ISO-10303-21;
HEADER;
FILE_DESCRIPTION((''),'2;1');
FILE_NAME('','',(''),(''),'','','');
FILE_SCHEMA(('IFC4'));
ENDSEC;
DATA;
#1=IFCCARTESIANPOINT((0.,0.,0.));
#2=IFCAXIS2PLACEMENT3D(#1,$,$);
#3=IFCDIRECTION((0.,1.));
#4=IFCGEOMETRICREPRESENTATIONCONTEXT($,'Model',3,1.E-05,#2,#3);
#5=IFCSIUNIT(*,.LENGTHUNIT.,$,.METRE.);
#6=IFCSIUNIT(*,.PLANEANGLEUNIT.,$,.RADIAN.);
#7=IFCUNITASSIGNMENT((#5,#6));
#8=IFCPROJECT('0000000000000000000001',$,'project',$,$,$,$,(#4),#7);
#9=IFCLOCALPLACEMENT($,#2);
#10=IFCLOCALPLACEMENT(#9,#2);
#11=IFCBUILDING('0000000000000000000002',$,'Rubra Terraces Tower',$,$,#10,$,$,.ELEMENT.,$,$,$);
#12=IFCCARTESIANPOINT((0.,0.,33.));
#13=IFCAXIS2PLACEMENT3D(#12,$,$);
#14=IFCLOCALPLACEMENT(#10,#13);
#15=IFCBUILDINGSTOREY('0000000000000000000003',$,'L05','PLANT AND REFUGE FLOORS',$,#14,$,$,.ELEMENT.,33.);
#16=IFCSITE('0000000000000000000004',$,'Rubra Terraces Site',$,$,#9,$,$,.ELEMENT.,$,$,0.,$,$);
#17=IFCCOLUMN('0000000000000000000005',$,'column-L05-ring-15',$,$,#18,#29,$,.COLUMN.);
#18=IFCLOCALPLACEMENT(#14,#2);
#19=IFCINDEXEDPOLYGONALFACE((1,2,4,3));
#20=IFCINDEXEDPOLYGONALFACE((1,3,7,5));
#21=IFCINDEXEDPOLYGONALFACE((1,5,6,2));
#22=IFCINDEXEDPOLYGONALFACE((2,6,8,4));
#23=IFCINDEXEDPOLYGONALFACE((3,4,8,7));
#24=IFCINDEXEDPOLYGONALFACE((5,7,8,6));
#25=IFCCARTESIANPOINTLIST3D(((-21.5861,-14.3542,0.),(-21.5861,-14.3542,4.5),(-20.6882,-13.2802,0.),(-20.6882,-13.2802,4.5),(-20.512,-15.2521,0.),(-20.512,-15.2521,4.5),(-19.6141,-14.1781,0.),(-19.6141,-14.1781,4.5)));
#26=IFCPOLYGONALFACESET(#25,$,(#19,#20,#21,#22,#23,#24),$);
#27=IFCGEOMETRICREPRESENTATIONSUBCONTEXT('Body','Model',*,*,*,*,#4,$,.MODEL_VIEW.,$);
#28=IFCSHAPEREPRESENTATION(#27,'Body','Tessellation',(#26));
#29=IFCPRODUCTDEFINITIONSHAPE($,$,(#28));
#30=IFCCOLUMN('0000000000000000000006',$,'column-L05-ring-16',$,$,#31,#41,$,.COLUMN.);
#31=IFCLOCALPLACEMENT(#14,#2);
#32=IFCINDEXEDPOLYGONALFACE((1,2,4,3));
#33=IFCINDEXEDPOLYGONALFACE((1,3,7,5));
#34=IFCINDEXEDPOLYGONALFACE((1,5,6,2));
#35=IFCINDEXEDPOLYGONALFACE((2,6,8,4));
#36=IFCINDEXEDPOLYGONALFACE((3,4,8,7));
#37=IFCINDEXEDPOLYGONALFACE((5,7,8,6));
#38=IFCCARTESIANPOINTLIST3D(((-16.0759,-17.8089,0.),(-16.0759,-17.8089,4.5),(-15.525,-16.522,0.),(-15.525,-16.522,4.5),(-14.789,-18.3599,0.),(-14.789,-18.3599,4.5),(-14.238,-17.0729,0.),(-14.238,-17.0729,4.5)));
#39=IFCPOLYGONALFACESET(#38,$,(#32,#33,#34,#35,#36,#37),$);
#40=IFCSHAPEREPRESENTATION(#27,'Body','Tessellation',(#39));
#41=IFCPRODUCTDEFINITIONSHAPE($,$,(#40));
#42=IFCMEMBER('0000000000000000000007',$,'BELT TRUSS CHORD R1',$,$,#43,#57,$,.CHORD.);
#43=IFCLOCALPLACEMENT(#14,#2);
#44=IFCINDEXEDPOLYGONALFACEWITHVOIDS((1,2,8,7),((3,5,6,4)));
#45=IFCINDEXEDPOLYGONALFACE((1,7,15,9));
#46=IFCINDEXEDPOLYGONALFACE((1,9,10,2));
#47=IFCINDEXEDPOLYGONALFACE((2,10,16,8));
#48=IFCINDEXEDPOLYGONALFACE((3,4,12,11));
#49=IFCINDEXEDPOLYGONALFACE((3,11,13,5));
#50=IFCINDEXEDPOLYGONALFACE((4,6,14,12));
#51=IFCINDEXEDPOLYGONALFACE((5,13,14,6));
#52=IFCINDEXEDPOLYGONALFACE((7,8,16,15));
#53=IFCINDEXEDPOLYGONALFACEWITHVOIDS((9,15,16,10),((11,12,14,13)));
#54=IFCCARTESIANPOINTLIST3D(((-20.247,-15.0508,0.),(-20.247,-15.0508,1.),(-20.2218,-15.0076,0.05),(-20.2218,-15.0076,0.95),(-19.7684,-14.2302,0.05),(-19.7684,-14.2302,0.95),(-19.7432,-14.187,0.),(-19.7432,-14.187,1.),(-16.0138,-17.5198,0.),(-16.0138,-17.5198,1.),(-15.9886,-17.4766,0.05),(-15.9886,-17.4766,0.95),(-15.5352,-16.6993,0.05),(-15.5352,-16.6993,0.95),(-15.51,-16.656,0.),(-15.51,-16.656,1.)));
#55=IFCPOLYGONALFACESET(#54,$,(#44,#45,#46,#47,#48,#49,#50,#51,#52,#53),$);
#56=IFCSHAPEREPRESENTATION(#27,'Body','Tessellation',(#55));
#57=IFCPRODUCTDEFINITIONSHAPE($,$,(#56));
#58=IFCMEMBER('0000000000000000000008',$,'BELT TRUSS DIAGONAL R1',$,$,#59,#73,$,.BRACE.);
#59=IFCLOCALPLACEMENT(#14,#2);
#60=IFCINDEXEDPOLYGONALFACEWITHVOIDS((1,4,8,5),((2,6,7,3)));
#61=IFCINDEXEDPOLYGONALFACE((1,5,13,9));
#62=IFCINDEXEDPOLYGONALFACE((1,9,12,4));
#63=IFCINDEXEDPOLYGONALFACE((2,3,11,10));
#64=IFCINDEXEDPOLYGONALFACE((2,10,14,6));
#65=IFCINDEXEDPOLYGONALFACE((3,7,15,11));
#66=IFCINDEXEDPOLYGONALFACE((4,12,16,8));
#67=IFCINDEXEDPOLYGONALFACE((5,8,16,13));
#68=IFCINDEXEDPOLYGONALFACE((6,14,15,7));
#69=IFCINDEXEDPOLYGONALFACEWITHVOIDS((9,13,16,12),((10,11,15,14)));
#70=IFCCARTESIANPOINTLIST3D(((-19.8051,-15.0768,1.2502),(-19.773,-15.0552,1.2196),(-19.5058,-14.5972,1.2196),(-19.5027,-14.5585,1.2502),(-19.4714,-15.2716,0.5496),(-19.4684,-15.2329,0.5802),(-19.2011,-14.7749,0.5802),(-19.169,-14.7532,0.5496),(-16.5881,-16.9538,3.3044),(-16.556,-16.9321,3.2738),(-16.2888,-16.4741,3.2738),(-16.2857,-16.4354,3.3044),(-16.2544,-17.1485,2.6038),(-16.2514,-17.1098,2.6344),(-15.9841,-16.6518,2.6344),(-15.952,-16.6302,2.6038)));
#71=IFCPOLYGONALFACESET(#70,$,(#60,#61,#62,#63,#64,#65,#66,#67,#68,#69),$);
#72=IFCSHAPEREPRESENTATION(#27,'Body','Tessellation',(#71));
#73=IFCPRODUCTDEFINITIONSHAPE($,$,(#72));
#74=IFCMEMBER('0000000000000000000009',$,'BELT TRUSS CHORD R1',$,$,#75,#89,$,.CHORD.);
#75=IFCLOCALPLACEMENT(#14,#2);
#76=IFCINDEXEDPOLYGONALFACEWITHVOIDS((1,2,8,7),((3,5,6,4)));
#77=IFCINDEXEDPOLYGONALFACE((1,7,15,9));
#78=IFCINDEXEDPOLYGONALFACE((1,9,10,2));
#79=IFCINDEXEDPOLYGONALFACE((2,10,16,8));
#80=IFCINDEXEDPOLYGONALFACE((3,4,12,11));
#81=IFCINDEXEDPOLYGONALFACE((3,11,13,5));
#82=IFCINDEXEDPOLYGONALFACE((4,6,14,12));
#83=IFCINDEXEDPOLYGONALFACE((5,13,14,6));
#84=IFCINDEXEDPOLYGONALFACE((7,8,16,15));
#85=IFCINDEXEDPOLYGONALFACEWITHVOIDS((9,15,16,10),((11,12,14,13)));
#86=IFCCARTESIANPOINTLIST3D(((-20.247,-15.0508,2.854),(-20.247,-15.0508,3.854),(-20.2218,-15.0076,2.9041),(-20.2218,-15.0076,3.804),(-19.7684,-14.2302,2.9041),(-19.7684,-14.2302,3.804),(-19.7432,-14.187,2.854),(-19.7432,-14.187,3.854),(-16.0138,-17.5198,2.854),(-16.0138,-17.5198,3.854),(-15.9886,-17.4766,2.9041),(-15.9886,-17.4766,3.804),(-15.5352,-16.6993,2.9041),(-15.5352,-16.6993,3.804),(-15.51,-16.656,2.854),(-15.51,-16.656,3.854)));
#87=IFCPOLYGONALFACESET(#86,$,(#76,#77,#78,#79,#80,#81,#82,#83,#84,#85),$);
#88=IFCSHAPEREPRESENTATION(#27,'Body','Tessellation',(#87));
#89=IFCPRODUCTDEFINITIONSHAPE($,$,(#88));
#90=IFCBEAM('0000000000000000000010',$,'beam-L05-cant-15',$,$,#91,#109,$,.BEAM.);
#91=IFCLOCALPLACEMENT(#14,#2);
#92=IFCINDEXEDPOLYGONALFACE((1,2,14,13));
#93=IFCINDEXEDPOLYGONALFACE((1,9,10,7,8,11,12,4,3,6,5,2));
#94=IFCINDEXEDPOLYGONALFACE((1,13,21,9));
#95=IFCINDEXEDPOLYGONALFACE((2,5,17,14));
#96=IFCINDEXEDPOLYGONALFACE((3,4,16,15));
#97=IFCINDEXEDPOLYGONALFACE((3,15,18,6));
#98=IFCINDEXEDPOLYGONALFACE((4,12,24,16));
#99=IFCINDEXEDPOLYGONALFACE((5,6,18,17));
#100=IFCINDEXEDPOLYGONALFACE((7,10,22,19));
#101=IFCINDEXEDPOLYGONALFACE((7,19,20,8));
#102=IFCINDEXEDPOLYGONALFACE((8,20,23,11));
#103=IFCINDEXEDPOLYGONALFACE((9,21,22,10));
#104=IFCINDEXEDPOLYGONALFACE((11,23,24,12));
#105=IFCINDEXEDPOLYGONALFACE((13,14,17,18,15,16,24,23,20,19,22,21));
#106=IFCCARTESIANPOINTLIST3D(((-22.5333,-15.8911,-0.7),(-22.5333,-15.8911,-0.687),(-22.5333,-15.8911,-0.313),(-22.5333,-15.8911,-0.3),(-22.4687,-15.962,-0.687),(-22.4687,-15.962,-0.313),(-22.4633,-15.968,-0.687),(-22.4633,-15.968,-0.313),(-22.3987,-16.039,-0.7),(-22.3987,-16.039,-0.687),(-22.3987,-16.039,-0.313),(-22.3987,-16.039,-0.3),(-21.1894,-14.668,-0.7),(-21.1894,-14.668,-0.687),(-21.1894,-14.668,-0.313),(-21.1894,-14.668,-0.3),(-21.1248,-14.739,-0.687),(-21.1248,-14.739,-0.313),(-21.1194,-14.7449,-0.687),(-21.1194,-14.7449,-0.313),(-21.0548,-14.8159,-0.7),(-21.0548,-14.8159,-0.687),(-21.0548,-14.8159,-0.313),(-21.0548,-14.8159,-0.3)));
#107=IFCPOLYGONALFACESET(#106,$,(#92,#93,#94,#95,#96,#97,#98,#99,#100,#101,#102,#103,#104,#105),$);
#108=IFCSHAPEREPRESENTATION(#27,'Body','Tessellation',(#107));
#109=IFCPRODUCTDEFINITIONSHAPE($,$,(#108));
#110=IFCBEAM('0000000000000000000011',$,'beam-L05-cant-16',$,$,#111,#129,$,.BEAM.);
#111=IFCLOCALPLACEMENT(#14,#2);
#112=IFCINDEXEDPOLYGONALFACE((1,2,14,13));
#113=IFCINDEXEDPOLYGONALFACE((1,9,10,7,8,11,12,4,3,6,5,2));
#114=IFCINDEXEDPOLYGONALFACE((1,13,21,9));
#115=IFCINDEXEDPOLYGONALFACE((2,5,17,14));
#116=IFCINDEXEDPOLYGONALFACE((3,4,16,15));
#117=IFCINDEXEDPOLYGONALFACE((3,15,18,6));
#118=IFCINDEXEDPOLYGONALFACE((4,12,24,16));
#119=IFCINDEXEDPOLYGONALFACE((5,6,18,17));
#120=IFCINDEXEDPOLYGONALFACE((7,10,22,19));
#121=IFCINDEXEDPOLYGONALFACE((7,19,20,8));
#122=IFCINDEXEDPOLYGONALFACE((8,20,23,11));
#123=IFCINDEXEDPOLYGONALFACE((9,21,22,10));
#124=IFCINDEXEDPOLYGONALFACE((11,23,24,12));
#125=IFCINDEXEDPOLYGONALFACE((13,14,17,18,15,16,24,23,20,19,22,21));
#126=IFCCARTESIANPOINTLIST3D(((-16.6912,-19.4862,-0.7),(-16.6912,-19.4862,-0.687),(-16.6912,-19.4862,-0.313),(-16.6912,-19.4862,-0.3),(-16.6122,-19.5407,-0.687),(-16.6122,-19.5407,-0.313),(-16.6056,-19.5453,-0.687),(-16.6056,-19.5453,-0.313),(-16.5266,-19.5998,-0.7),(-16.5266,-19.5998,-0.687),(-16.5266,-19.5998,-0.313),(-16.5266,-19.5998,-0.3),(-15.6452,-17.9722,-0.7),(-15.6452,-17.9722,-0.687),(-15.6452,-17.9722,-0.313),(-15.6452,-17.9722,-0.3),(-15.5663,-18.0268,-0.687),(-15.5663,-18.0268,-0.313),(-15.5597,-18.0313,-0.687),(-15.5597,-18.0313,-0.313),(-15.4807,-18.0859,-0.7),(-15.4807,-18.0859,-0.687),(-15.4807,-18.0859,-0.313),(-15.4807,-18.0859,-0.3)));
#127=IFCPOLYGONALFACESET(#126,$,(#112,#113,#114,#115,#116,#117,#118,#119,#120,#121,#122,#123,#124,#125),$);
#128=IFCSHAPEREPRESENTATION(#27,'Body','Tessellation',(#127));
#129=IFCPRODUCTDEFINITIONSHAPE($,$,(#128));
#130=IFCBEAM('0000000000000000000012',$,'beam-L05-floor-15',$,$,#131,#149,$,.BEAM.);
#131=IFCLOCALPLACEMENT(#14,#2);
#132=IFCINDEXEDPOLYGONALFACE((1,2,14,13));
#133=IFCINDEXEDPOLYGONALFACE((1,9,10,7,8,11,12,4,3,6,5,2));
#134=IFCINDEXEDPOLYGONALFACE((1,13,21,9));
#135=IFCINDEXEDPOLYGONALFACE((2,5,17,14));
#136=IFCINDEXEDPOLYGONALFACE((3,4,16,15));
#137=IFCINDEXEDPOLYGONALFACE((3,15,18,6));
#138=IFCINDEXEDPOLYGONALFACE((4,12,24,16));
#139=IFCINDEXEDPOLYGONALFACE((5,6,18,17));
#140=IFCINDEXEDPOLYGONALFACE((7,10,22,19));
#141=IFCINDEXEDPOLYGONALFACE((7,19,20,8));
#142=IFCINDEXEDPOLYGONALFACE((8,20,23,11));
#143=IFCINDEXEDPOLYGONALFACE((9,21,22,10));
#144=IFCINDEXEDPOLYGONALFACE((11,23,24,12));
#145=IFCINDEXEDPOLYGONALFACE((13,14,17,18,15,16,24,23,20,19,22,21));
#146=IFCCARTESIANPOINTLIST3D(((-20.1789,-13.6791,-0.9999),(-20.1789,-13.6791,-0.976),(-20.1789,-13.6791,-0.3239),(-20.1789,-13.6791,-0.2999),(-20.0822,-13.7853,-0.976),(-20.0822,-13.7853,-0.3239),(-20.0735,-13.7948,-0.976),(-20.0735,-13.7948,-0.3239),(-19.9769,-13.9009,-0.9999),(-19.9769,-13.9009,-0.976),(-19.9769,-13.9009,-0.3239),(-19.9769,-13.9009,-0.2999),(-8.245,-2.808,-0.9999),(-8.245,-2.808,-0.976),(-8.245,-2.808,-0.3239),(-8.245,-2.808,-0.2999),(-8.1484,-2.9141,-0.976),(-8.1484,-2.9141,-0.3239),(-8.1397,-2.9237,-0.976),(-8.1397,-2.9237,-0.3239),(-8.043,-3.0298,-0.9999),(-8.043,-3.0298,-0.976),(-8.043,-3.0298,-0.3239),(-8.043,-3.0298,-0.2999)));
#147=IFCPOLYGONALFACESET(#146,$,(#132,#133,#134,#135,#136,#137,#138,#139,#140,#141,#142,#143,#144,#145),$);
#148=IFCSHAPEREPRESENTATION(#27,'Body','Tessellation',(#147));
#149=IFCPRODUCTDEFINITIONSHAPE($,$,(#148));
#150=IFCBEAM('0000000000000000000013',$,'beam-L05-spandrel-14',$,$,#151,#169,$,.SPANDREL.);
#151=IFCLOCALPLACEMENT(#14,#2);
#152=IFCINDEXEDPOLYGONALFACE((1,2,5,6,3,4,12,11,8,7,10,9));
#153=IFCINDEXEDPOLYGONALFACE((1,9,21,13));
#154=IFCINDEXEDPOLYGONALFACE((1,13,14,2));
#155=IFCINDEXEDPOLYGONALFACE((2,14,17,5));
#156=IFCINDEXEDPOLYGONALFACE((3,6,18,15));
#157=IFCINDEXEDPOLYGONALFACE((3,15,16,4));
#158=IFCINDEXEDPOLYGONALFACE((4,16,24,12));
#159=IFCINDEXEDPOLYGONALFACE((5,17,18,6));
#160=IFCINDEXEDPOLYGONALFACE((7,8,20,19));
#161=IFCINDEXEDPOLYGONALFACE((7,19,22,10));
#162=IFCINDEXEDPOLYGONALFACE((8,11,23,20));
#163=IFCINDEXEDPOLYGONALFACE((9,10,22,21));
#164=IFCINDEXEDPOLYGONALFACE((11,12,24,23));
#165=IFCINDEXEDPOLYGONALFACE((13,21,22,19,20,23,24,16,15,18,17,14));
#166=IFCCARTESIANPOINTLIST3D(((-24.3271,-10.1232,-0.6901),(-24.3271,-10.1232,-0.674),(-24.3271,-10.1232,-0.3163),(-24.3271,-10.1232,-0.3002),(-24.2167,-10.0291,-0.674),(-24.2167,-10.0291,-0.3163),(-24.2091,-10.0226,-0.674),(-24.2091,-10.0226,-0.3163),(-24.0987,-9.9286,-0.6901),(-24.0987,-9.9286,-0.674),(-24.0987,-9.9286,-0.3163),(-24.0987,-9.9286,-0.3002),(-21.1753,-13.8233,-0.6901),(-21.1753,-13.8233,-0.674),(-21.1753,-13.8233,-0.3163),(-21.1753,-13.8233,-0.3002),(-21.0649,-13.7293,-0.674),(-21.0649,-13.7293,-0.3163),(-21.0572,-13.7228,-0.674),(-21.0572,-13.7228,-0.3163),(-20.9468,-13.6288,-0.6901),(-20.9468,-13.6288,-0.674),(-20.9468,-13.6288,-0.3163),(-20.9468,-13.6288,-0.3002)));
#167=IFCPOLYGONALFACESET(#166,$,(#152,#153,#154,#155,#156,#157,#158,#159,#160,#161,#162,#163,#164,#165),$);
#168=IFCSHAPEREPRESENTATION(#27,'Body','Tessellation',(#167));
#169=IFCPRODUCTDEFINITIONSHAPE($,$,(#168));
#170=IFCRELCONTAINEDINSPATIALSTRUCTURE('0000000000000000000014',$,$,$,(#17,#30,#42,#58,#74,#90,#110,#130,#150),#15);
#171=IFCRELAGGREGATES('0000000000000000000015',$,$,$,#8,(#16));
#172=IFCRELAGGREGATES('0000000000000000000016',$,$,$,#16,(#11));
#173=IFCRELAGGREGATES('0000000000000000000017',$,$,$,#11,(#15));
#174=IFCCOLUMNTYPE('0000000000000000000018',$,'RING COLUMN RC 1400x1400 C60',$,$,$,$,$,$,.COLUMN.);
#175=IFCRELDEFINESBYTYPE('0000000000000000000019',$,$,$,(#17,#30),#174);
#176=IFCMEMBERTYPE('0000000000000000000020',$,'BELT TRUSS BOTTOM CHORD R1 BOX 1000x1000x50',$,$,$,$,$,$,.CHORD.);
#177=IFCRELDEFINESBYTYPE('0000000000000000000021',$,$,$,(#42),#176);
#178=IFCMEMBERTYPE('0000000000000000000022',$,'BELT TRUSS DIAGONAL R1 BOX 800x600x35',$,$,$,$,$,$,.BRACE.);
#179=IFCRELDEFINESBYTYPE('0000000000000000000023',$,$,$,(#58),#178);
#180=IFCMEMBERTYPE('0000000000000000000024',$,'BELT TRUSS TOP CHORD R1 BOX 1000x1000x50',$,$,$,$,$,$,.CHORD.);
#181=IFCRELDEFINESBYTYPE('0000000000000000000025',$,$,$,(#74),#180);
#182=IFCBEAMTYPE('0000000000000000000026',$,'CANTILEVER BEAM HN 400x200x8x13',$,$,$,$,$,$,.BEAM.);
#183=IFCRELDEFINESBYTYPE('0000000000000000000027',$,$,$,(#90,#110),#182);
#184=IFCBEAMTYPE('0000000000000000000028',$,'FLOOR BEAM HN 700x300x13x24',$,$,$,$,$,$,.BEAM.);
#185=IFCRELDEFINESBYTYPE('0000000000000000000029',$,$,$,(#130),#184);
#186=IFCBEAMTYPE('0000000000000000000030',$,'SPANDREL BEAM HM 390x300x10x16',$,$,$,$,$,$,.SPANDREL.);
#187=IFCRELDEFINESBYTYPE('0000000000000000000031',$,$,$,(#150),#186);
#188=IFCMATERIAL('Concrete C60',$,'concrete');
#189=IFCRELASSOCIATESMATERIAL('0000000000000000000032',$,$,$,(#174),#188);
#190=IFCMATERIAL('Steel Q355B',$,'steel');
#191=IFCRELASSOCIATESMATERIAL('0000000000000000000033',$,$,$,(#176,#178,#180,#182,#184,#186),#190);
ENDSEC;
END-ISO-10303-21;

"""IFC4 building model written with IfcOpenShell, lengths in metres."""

from ifc_helpers import new_model, si_unit, direction, frame, origin, origin_2d, place, context, subcontext, project, spatial, rectangle, hollow_rectangle, i_section, extrude, material, material_profile, profile_set, type_object, element, save


model = new_model("IFC4")

# Units and contexts
model_context = context("Model", 3, precision=1e-05, world=origin(), true_north=direction((0.0, 1.0)))
body_context = subcontext(model_context, "Body", "Model", "MODEL_VIEW")
ifc_project = project(units=[si_unit("LENGTHUNIT", "METRE"), si_unit("PLANEANGLEUNIT", "RADIAN")], contexts=[model_context])

# Site, building, storey
site_placement = place(None, origin())
site = spatial("IfcSite", under=ifc_project, at=site_placement, Name="Rubra Terraces Site", CompositionType="ELEMENT", RefElevation=0.0)
building_placement = place(site_placement, origin())
building = spatial("IfcBuilding", under=site, at=building_placement, Name="Rubra Terraces Tower", CompositionType="ELEMENT")
storey_placement = place(building_placement, frame((0.0, 0.0, 33.0)))
storey = spatial("IfcBuildingStorey", under=building, at=storey_placement, Name="L05", Description="PLANT AND REFUGE FLOORS", CompositionType="ELEMENT", Elevation=33.0)

# Columns
ifc_material_1 = material(Name="Concrete C60", Category="concrete")
ifc_material_profile_1 = material_profile(ifc_material_1, rectangle(XDim=1.3999, YDim=1.3999, at=origin_2d()), Name="RC 1400x1400")
ifc_profile_set_1 = profile_set([ifc_material_profile_1], Name="Concrete C60")
column_type = type_object("IfcColumnType", Name="RING COLUMN RC 1400x1400 C60", PredefinedType="COLUMN", material=ifc_profile_set_1)
for number, where, z_axis, x_axis, name in (
    (1, (-20.6001, -14.2661, 0.0), (0.0, 0.0, 1.0), (0.76721, -0.641397, 0.0), "column-L05-ring-15"),
    (2, (-15.157, -17.4409, 0.0), (0.0, 0.0, 1.0), (0.919294, -0.393572, 0.0), "column-L05-ring-16"),
):
    element("IfcColumn", number, at=place(storey_placement, frame(where, z_axis=z_axis, x_axis=x_axis)), inside=storey, type_object=column_type, Name=name, PredefinedType="COLUMN", context=body_context, shape_type="SweptSolid", body=[
        extrude(rectangle(XDim=1.3999, YDim=1.3999, at=origin_2d()), origin(), (0.0, 0.0, 1.0), 4.5),
    ])

# Members
ifc_material_2 = material(Name="Steel Q355B", Category="steel")
ifc_material_profile_2 = material_profile(ifc_material_2, hollow_rectangle(XDim=1.0, YDim=1.0, WallThickness=0.05, at=origin_2d()), Name="BOX 1000x1000x50")
ifc_profile_set_2 = profile_set([ifc_material_profile_2], Name="Steel Q355B")
member_type_1 = type_object("IfcMemberType", Name="BELT TRUSS BOTTOM CHORD R1 BOX 1000x1000x50", PredefinedType="CHORD", material=ifc_profile_set_2)
member_1_placement = place(storey_placement, frame((-19.9951, -14.6189, 0.5), z_axis=(0.86381, -0.503818, 0.0), x_axis=(0.503818, 0.86381, 0.0)))
element("IfcMember", 3, at=member_1_placement, inside=storey, type_object=member_type_1, Name="BELT TRUSS CHORD R1", PredefinedType="CHORD", context=body_context, shape_type="SweptSolid", body=[
    extrude(hollow_rectangle(XDim=1.0, YDim=1.0, WallThickness=0.05, at=origin_2d()), origin(), (0.0, 0.0, 1.0), 4.9006),
])
ifc_material_profile_3 = material_profile(ifc_material_2, hollow_rectangle(XDim=0.6001, YDim=0.8, WallThickness=0.0349, at=origin_2d()), Name="BOX 800x600x35")
ifc_profile_set_3 = profile_set([ifc_material_profile_3], Name="Steel Q355B")
member_type_2 = type_object("IfcMemberType", Name="BELT TRUSS DIAGONAL R1 BOX 800x600x35", PredefinedType="BRACE", material=ifc_profile_set_3)
member_2_placement = place(storey_placement, frame((-19.4871, -14.915, 0.8999), z_axis=(0.756333, -0.441275, 0.482946), x_axis=(0.50394, 0.863738, 0.0)))
element("IfcMember", 4, at=member_2_placement, inside=storey, type_object=member_type_2, Name="BELT TRUSS DIAGONAL R1", PredefinedType="BRACE", context=body_context, shape_type="SweptSolid", body=[
    extrude(hollow_rectangle(XDim=0.6001, YDim=0.8, WallThickness=0.0349, at=origin_2d()), origin(), (0.0, 0.0, 1.0), 4.2534),
])
ifc_material_profile_4 = material_profile(ifc_material_2, hollow_rectangle(XDim=1.0, YDim=1.0, WallThickness=0.05, at=origin_2d()), Name="BOX 1000x1000x50")
ifc_profile_set_4 = profile_set([ifc_material_profile_4], Name="Steel Q355B")
member_type_3 = type_object("IfcMemberType", Name="BELT TRUSS TOP CHORD R1 BOX 1000x1000x50", PredefinedType="CHORD", material=ifc_profile_set_4)
member_3_placement = place(storey_placement, frame((-19.9951, -14.6189, 3.354), z_axis=(0.86381, -0.503818, 0.0), x_axis=(0.503818, 0.86381, 0.0)))
element("IfcMember", 5, at=member_3_placement, inside=storey, type_object=member_type_3, Name="BELT TRUSS CHORD R1", PredefinedType="CHORD", context=body_context, shape_type="SweptSolid", body=[
    extrude(hollow_rectangle(XDim=1.0, YDim=1.0, WallThickness=0.05, at=origin_2d()), origin(), (0.0, 0.0, 1.0), 4.9006),
])

# Beams
ifc_material_profile_5 = material_profile(ifc_material_2, i_section(OverallWidth=0.2, OverallDepth=0.3999, WebThickness=0.0081, FlangeThickness=0.0129, at=origin_2d()), Name="HN 400x200x8x13")
ifc_profile_set_5 = profile_set([ifc_material_profile_5], Name="Steel Q355B")
beam_type_1 = type_object("IfcBeamType", Name="CANTILEVER BEAM HN 400x200x8x13", PredefinedType="BEAM", material=ifc_profile_set_5)
beam_1_placement = place(storey_placement, frame((-21.1221, -14.7419, -0.5), z_axis=(-0.739575, -0.673074, 0.0), x_axis=(0.673074, -0.739575, 0.0)))
element("IfcBeam", 6, at=beam_1_placement, inside=storey, type_object=beam_type_1, Name="beam-L05-cant-15", PredefinedType="BEAM", context=body_context, shape_type="SweptSolid", body=[
    extrude(i_section(OverallWidth=0.2, OverallDepth=0.3999, WebThickness=0.0081, FlangeThickness=0.0129, at=origin_2d()), origin(), (0.0, 0.0, 1.0), 1.8171),
])
beam_2_placement = place(storey_placement, frame((-15.563, -18.0291, -0.5), z_axis=(-0.568402, -0.822751, 0.0), x_axis=(0.822751, -0.568402, 0.0)))
element("IfcBeam", 7, at=beam_2_placement, inside=storey, type_object=beam_type_1, Name="beam-L05-cant-16", PredefinedType="BEAM", context=body_context, shape_type="SweptSolid", body=[
    extrude(i_section(OverallWidth=0.2, OverallDepth=0.3999, WebThickness=0.0081, FlangeThickness=0.0129, at=origin_2d()), origin(), (0.0, 0.0, 1.0), 1.8401),
])
ifc_material_profile_6 = material_profile(ifc_material_2, i_section(OverallWidth=0.3, OverallDepth=0.7, WebThickness=0.0129, FlangeThickness=0.0239, at=origin_2d()), Name="HN 700x300x13x24")
ifc_profile_set_6 = profile_set([ifc_material_profile_6], Name="Steel Q355B")
beam_type_2 = type_object("IfcBeamType", Name="FLOOR BEAM HN 700x300x13x24", PredefinedType="BEAM", material=ifc_profile_set_6)
beam_3_placement = place(storey_placement, frame((-20.0779, -13.79, -0.6499), z_axis=(0.739257, 0.673424, 0.0), x_axis=(-0.673424, 0.739257, 0.0)))
element("IfcBeam", 8, at=beam_3_placement, inside=storey, type_object=beam_type_2, Name="beam-L05-floor-15", PredefinedType="BEAM", context=body_context, shape_type="SweptSolid", body=[
    extrude(i_section(OverallWidth=0.3, OverallDepth=0.7, WebThickness=0.0129, FlangeThickness=0.0239, at=origin_2d()), origin(), (0.0, 0.0, 1.0), 16.1431),
])
ifc_material_profile_7 = material_profile(ifc_material_2, i_section(OverallWidth=0.3, OverallDepth=0.3899, WebThickness=0.01, FlangeThickness=0.0161, at=origin_2d()), Name="HM 390x300x10x16")
ifc_profile_set_7 = profile_set([ifc_material_profile_7], Name="Steel Q355B")
beam_type_3 = type_object("IfcBeamType", Name="SPANDREL BEAM HM 390x300x10x16", PredefinedType="SPANDREL", material=ifc_profile_set_7)
beam_4_placement = place(storey_placement, frame((-24.2129, -10.0259, -0.4951), z_axis=(0.648447, -0.76126, 0.0), x_axis=(0.76126, 0.648447, 0.0)))
element("IfcBeam", 9, at=beam_4_placement, inside=storey, type_object=beam_type_3, Name="beam-L05-spandrel-14", PredefinedType="SPANDREL", context=body_context, shape_type="SweptSolid", body=[
    extrude(i_section(OverallWidth=0.3, OverallDepth=0.3899, WebThickness=0.01, FlangeThickness=0.0161, at=origin_2d()), origin(), (0.0, 0.0, 1.0), 4.8606),
])

save(model, "model.ifc")
